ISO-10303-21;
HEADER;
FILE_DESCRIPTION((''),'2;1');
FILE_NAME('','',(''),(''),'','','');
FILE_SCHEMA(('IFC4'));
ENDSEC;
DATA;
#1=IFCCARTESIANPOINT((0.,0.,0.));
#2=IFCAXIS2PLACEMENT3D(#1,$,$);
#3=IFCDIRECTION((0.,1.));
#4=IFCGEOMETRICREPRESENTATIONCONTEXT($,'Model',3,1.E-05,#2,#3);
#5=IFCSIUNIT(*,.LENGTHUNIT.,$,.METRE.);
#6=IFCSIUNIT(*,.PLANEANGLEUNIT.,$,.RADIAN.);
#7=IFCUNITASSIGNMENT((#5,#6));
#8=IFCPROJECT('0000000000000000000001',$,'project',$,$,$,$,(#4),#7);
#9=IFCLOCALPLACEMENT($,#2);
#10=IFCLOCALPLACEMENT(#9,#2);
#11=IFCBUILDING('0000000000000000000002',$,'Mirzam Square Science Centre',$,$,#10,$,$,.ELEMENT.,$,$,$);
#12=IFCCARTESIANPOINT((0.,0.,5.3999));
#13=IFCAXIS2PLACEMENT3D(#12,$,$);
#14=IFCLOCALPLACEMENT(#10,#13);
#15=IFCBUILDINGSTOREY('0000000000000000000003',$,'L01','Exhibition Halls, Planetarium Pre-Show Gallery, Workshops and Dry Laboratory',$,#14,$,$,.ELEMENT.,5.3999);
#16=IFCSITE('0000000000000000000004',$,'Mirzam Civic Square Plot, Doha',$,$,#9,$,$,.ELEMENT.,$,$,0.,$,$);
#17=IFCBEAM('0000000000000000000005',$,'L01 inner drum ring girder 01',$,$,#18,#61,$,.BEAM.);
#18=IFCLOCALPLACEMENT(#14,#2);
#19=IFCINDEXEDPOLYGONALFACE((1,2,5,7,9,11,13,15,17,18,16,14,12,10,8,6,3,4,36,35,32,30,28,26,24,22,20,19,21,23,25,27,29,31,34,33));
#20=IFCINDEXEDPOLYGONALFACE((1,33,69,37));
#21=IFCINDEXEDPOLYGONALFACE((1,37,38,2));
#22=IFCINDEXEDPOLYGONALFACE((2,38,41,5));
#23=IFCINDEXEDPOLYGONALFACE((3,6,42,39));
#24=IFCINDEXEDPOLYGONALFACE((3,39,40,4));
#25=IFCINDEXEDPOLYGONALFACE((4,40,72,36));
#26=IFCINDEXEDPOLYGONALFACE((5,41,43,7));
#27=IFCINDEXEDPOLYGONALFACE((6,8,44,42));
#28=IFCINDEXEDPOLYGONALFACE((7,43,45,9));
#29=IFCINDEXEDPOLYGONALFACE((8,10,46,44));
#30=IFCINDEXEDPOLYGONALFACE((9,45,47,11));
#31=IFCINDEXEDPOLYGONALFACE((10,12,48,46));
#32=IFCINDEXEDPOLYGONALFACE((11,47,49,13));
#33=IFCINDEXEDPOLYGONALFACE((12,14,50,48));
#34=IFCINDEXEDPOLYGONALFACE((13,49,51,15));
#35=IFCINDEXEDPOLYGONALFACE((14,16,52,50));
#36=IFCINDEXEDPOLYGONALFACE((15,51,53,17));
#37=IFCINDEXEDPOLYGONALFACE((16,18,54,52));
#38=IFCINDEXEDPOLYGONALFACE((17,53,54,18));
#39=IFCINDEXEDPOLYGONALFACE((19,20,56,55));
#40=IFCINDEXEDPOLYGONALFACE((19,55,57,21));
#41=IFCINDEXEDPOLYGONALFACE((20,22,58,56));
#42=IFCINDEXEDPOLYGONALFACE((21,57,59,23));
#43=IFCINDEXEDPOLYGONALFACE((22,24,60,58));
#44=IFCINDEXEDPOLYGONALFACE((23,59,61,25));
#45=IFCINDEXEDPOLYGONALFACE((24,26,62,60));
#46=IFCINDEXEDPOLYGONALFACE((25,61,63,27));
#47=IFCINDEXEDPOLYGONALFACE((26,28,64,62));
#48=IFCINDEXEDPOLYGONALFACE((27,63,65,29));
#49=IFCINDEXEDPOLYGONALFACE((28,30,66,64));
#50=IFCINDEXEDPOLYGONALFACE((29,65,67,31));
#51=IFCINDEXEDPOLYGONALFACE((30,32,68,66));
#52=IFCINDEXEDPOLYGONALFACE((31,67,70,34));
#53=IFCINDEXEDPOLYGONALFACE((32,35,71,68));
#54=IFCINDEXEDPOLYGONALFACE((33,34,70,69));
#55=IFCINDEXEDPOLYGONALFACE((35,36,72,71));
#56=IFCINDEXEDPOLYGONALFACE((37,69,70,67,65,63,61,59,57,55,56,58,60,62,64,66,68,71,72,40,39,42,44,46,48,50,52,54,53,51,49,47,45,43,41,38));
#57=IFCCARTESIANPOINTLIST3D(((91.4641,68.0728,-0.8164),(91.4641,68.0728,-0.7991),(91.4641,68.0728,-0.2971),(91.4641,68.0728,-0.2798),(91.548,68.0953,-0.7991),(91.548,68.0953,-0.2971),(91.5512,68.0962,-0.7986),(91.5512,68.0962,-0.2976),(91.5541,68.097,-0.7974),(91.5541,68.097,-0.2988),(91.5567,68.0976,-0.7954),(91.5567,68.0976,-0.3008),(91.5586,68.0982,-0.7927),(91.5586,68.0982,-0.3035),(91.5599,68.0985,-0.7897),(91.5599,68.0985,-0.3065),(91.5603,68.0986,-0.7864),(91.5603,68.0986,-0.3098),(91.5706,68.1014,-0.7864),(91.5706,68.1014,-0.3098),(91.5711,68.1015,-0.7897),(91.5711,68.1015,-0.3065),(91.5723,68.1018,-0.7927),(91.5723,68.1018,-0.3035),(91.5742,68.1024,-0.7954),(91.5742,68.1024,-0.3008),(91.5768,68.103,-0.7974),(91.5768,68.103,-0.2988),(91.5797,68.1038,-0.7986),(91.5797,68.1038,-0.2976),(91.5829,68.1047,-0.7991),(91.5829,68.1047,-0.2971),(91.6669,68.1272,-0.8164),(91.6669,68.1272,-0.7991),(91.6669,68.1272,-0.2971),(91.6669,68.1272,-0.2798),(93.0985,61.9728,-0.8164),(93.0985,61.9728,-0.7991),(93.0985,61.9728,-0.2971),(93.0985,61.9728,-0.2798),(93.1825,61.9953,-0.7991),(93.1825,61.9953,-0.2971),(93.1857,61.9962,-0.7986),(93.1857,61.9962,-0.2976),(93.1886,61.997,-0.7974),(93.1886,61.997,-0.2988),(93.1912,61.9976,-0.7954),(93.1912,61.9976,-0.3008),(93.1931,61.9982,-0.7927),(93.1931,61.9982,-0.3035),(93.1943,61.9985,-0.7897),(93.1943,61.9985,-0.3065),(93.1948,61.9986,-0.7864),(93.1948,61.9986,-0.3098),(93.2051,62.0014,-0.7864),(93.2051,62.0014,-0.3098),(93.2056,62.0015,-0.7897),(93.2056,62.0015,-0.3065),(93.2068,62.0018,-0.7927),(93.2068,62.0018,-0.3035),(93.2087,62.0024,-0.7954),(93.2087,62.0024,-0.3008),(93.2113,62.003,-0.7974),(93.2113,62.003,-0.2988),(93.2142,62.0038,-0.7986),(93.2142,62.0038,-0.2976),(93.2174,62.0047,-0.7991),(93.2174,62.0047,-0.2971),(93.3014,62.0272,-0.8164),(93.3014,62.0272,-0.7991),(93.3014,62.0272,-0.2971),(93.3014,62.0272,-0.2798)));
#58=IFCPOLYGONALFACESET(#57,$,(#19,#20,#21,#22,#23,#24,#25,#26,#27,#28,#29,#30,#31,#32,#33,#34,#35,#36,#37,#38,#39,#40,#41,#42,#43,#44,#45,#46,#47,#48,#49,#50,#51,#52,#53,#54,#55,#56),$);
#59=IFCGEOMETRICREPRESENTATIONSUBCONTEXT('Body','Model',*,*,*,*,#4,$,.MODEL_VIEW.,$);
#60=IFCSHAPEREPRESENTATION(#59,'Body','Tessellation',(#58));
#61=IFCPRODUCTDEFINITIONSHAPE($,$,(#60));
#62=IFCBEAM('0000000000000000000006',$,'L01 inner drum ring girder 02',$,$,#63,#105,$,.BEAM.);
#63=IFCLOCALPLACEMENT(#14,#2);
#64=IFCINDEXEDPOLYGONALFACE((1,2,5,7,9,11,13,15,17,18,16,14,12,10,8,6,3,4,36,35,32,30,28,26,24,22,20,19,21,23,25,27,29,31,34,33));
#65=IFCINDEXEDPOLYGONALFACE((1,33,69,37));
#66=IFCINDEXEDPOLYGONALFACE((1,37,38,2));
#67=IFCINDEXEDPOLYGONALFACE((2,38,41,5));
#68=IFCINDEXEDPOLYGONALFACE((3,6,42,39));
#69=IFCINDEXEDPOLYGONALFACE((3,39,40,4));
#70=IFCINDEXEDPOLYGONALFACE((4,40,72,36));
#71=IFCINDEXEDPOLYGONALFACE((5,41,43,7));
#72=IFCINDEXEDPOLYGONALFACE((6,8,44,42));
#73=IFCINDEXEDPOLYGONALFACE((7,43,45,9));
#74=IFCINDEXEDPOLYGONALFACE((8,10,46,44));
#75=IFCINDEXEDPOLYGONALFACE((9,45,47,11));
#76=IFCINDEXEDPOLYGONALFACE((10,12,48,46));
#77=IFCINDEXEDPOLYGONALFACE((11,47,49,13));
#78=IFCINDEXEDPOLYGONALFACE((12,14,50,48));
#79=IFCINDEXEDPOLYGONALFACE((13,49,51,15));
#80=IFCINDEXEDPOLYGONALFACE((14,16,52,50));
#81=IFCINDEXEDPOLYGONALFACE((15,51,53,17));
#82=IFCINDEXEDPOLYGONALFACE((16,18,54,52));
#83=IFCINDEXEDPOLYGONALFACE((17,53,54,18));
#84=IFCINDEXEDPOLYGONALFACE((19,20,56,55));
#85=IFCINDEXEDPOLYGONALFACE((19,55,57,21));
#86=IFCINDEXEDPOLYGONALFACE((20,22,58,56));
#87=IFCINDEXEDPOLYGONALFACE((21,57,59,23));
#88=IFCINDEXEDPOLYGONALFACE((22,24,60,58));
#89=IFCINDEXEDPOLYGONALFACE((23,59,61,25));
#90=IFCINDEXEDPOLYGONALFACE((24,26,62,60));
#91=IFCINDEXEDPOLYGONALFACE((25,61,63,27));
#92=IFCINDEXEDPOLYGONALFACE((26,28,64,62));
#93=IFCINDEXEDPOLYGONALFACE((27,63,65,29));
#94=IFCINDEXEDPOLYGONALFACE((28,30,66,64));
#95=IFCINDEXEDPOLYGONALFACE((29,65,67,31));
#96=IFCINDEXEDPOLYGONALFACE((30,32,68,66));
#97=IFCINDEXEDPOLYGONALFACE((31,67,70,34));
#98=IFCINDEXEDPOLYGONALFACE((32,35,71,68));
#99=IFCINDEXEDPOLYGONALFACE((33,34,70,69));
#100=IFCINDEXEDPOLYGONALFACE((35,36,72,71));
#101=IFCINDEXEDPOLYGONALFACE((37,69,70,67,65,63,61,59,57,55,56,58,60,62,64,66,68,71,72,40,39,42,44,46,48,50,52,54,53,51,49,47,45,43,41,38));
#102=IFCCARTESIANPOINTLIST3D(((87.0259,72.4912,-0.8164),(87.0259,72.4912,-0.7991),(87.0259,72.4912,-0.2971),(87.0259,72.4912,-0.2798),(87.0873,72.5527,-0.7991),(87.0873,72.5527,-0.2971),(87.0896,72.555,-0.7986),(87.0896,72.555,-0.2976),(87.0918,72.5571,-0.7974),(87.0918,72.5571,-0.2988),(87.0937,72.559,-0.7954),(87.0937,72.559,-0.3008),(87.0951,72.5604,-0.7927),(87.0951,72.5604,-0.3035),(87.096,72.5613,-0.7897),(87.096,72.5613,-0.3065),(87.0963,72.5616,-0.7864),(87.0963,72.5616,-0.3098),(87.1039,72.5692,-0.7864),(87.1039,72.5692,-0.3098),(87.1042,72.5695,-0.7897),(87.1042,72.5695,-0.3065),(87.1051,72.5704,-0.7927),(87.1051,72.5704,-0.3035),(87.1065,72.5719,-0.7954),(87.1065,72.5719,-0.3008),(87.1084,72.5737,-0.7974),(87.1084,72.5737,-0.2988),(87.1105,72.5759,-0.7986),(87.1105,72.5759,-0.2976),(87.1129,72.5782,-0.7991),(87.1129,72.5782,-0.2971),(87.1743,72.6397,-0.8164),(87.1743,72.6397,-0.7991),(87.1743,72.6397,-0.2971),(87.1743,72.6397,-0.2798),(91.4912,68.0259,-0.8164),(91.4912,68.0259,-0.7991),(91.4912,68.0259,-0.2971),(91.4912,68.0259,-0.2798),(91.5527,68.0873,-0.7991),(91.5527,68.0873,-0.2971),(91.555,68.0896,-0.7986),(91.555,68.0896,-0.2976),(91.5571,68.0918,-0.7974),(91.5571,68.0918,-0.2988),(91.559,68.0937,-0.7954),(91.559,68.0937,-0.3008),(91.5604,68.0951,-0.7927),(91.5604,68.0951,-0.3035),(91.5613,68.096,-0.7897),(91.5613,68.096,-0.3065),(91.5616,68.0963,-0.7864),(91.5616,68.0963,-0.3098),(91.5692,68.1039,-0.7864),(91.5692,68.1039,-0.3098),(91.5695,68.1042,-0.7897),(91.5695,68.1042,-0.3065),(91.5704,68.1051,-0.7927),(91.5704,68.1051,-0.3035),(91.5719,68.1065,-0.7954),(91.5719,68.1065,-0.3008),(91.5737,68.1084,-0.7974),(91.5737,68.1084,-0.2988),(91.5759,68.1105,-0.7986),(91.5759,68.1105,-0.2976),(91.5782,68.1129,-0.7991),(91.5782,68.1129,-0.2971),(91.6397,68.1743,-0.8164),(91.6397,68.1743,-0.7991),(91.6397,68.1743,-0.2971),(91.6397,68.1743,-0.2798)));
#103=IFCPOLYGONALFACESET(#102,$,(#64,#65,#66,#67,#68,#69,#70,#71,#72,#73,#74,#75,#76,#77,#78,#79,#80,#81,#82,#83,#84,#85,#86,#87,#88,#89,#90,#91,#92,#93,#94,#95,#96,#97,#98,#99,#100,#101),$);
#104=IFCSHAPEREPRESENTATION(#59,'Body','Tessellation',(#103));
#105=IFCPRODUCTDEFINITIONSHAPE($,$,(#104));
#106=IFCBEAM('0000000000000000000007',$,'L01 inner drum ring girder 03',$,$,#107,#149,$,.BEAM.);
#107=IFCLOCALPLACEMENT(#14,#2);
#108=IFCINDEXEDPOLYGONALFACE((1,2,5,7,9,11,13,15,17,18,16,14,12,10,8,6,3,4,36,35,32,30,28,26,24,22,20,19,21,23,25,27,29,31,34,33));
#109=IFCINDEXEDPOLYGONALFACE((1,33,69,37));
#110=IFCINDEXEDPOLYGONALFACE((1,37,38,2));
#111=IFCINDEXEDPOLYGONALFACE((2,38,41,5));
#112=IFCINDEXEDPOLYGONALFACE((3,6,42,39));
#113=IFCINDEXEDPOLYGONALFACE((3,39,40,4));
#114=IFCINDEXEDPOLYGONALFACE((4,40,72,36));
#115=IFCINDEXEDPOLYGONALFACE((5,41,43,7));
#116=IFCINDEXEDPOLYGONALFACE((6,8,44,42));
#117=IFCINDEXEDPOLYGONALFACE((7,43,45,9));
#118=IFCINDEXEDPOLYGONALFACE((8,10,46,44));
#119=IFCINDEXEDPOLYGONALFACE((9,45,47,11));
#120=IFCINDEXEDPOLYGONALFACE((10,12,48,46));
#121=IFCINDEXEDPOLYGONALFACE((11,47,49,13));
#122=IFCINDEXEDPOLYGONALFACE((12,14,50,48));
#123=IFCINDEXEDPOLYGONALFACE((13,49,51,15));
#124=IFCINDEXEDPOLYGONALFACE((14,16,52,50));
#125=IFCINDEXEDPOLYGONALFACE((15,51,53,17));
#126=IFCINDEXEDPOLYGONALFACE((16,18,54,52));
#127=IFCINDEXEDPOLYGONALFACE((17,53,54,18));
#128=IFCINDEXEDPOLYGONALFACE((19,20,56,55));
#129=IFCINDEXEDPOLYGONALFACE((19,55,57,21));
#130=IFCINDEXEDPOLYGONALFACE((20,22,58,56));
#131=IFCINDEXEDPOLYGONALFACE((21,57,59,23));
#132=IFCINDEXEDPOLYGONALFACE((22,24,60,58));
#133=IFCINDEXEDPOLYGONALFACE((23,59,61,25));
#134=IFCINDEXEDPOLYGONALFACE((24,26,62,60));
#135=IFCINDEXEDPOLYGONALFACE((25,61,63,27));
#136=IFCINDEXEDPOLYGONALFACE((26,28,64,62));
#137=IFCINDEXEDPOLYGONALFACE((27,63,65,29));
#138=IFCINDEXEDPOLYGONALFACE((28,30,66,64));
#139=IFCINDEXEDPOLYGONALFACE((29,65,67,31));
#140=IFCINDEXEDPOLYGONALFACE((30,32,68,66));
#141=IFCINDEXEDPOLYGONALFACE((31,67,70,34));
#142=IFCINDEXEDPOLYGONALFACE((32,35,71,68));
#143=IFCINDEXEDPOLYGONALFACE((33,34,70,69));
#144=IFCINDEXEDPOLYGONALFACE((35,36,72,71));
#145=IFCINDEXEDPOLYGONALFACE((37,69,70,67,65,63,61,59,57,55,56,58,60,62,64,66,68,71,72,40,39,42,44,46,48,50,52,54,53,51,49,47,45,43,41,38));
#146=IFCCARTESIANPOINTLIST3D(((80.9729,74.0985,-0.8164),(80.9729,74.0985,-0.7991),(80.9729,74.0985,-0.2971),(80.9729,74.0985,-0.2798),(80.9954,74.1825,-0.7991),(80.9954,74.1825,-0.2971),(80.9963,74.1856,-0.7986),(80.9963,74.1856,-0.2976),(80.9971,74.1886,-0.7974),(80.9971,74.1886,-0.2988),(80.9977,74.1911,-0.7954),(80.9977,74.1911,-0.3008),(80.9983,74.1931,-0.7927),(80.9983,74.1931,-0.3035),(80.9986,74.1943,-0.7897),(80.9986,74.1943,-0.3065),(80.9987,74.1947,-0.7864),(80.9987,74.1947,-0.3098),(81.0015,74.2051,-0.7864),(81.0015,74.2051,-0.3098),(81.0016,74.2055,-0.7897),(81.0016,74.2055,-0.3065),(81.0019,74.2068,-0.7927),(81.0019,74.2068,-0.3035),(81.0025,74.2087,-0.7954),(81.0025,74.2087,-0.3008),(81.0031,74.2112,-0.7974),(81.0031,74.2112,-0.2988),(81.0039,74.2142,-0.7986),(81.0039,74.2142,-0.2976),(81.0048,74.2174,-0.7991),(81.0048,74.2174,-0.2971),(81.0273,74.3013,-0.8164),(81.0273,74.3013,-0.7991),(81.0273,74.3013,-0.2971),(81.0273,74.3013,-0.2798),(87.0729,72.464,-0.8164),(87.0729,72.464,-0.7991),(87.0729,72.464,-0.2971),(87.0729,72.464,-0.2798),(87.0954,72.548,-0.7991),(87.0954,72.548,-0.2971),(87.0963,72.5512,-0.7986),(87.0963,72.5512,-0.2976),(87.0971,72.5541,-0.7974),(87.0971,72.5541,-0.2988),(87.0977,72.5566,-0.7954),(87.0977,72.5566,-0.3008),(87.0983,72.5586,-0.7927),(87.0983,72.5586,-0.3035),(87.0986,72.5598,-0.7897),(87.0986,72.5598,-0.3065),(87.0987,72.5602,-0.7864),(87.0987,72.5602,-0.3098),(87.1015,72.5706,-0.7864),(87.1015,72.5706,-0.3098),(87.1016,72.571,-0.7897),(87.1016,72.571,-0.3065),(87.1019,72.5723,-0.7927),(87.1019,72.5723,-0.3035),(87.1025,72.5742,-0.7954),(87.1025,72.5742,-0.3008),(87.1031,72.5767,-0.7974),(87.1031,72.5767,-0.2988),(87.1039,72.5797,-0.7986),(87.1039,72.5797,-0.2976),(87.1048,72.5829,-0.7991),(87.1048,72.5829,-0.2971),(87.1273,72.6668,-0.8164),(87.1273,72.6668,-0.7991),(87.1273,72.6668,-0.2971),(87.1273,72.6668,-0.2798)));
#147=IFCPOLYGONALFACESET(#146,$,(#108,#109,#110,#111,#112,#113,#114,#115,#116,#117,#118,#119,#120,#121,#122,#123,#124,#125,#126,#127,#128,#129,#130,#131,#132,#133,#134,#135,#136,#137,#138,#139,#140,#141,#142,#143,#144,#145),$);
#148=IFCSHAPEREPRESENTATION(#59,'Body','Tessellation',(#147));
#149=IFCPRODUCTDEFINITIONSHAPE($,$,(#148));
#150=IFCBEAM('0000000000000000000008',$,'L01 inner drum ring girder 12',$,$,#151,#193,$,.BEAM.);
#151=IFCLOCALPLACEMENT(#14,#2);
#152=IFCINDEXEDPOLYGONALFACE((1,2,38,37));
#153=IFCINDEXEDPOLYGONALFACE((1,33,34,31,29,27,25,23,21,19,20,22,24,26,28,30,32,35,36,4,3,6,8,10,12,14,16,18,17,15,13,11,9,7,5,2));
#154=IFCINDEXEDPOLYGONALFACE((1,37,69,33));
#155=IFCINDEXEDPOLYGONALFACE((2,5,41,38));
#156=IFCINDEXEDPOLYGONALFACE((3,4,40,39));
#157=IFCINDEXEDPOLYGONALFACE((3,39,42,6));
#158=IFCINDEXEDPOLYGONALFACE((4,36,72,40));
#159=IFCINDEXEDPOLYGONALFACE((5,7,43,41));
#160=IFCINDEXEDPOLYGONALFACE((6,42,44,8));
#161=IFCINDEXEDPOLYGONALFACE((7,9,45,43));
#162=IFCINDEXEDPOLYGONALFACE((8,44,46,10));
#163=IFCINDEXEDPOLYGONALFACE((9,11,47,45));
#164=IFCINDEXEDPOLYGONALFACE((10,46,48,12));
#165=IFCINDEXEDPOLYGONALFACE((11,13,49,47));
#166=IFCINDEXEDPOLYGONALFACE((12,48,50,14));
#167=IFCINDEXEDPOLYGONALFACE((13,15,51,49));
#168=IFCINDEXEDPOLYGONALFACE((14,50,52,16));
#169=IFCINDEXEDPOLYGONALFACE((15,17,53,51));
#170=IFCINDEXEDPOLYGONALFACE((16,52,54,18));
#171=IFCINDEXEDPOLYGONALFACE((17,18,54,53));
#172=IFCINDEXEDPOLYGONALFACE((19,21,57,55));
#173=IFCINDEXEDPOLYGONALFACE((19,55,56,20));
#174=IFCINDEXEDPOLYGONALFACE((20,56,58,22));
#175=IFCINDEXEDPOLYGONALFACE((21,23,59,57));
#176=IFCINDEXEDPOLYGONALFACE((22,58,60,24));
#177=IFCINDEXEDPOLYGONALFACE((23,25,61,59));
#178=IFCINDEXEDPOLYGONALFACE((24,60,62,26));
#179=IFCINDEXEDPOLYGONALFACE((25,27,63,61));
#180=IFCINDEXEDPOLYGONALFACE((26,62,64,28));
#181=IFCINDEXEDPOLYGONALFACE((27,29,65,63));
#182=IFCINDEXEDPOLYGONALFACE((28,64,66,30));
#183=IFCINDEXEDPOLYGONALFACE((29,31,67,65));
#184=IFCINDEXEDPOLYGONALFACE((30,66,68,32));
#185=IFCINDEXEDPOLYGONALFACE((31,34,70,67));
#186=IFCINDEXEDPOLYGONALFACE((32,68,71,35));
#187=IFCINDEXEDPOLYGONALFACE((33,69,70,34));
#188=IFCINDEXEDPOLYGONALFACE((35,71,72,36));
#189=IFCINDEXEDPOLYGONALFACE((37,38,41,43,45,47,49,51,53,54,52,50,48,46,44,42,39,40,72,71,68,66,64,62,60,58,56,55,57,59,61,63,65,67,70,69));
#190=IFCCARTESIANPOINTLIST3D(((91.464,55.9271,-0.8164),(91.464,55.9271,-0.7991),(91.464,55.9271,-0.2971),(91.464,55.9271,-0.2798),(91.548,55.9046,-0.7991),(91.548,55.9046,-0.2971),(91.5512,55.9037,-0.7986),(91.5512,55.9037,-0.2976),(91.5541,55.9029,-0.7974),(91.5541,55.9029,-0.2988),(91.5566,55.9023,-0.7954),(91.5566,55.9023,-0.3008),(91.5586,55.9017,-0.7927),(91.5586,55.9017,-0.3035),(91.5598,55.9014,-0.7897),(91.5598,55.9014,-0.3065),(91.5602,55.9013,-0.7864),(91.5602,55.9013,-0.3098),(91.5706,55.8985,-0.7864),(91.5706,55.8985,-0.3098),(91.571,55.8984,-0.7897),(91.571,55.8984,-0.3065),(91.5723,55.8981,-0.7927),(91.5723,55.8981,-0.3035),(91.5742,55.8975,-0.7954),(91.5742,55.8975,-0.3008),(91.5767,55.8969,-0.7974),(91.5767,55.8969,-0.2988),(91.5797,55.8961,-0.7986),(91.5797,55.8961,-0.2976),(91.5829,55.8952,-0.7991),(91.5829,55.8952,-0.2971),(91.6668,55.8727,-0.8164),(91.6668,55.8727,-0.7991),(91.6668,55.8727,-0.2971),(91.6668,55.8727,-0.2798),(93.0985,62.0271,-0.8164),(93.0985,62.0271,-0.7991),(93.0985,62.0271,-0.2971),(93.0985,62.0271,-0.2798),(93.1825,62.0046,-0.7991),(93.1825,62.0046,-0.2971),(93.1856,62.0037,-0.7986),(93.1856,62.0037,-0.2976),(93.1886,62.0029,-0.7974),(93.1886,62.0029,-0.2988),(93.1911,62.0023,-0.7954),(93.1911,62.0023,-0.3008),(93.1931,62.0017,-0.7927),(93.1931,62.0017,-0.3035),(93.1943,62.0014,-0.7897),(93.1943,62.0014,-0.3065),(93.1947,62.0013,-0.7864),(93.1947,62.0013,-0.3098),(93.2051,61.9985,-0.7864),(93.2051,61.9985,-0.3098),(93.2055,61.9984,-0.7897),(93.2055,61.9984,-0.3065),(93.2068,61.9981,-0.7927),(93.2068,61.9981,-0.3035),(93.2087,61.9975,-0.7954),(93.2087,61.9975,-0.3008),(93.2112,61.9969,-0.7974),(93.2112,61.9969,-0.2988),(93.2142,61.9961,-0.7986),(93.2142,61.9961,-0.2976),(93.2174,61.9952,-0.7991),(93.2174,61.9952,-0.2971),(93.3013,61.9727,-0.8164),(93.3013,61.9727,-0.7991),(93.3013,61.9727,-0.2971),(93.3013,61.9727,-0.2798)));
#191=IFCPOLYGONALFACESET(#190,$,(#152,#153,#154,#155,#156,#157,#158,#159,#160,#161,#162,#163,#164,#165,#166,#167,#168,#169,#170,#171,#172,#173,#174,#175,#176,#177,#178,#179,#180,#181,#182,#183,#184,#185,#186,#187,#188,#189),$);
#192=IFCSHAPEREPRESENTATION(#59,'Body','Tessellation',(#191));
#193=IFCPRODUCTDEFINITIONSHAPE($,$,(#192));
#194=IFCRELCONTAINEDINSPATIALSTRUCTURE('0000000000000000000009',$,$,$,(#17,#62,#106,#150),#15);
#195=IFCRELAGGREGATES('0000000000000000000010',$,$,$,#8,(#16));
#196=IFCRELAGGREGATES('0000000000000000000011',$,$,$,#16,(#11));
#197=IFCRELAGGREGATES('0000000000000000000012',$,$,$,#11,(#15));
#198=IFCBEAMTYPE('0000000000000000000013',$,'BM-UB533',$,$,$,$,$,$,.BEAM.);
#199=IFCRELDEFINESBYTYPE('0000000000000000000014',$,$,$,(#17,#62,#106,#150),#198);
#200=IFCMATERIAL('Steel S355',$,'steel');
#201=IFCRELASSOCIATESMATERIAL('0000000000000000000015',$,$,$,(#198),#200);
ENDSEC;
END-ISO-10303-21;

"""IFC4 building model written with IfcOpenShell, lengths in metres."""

from ifc_helpers import new_model, si_unit, direction, frame, origin, origin_2d, place, context, subcontext, project, spatial, i_section, extrude, material, material_profile, profile_set, type_object, element, save


model = new_model("IFC4")

# Units and contexts
model_context = context("Model", 3, precision=1e-05, world=origin(), true_north=direction((0.0, 1.0)))
body_context = subcontext(model_context, "Body", "Model", "MODEL_VIEW")
ifc_project = project(units=[si_unit("LENGTHUNIT", "METRE"), si_unit("PLANEANGLEUNIT", "RADIAN")], contexts=[model_context])

# Site, building, storey
site_placement = place(None, origin())
site = spatial("IfcSite", under=ifc_project, at=site_placement, Name="Mirzam Civic Square Plot, Doha", CompositionType="ELEMENT", RefElevation=0.0)
building_placement = place(site_placement, origin())
building = spatial("IfcBuilding", under=site, at=building_placement, Name="Mirzam Square Science Centre", CompositionType="ELEMENT")
storey_placement = place(building_placement, frame((0.0, 0.0, 5.3999)))
storey = spatial("IfcBuildingStorey", under=building, at=storey_placement, Name="L01", Description="Exhibition Halls, Planetarium Pre-Show Gallery, Workshops and Dry Laboratory", CompositionType="ELEMENT", Elevation=5.3999)

# Shared definitions
ifc_material_1 = material(Name="Steel S355", Category="steel")

# Beams
ifc_material_profile_1 = material_profile(ifc_material_1, i_section(OverallWidth=0.21, OverallDepth=0.5366, WebThickness=0.0107, FlangeThickness=0.0173, FilletRadius=0.0127, at=origin_2d()), Name="533x210x101UB")
ifc_profile_set_1 = profile_set([ifc_material_profile_1], Name="Steel S355")
beam_type_1 = type_object("IfcBeamType", Name="BM-UB533", PredefinedType="BEAM", material=ifc_profile_set_1)
beam_1_placement = place(storey_placement, frame((93.2, 62.0, -0.5481), z_axis=(-0.25882, 0.965926, 0.0), x_axis=(-0.965926, -0.25882, 0.0)))
element("IfcBeam", 1, at=beam_1_placement, inside=storey, type_object=beam_type_1, Name="L01 inner drum ring girder 01", PredefinedType="BEAM", context=body_context, shape_type="SweptSolid", body=[
    extrude(i_section(OverallWidth=0.21, OverallDepth=0.5366, WebThickness=0.0107, FlangeThickness=0.0173, FilletRadius=0.0127, at=origin_2d()), origin(), (0.0, 0.0, 1.0), 6.3152),
])
beam_2_placement = place(storey_placement, frame((91.5654, 68.1001, -0.5481), z_axis=(-0.707107, 0.707107, 0.0), x_axis=(-0.707107, -0.707107, 0.0)))
element("IfcBeam", 2, at=beam_2_placement, inside=storey, type_object=beam_type_1, Name="L01 inner drum ring girder 02", PredefinedType="BEAM", context=body_context, shape_type="SweptSolid", body=[
    extrude(i_section(OverallWidth=0.21, OverallDepth=0.5366, WebThickness=0.0107, FlangeThickness=0.0173, FilletRadius=0.0127, at=origin_2d()), origin(), (0.0, 0.0, 1.0), 6.3149),
])
for number, where, z_axis, x_axis, name in (
    (3, (87.1001, 72.5654, -0.5481), (-0.965926, 0.25882, 0.0), (-0.25882, -0.965926, 0.0), "L01 inner drum ring girder 03"),
    (4, (91.5654, 55.8999, -0.5481), (0.25882, 0.965926, 0.0), (-0.965926, 0.25882, 0.0), "L01 inner drum ring girder 12"),
):
    element("IfcBeam", number, at=place(storey_placement, frame(where, z_axis=z_axis, x_axis=x_axis)), inside=storey, type_object=beam_type_1, Name=name, PredefinedType="BEAM", context=body_context, shape_type="SweptSolid", body=[
        extrude(i_section(OverallWidth=0.21, OverallDepth=0.5366, WebThickness=0.0107, FlangeThickness=0.0173, FilletRadius=0.0127, at=origin_2d()), origin(), (0.0, 0.0, 1.0), 6.3152),
    ])

save(model, "model.ifc")
